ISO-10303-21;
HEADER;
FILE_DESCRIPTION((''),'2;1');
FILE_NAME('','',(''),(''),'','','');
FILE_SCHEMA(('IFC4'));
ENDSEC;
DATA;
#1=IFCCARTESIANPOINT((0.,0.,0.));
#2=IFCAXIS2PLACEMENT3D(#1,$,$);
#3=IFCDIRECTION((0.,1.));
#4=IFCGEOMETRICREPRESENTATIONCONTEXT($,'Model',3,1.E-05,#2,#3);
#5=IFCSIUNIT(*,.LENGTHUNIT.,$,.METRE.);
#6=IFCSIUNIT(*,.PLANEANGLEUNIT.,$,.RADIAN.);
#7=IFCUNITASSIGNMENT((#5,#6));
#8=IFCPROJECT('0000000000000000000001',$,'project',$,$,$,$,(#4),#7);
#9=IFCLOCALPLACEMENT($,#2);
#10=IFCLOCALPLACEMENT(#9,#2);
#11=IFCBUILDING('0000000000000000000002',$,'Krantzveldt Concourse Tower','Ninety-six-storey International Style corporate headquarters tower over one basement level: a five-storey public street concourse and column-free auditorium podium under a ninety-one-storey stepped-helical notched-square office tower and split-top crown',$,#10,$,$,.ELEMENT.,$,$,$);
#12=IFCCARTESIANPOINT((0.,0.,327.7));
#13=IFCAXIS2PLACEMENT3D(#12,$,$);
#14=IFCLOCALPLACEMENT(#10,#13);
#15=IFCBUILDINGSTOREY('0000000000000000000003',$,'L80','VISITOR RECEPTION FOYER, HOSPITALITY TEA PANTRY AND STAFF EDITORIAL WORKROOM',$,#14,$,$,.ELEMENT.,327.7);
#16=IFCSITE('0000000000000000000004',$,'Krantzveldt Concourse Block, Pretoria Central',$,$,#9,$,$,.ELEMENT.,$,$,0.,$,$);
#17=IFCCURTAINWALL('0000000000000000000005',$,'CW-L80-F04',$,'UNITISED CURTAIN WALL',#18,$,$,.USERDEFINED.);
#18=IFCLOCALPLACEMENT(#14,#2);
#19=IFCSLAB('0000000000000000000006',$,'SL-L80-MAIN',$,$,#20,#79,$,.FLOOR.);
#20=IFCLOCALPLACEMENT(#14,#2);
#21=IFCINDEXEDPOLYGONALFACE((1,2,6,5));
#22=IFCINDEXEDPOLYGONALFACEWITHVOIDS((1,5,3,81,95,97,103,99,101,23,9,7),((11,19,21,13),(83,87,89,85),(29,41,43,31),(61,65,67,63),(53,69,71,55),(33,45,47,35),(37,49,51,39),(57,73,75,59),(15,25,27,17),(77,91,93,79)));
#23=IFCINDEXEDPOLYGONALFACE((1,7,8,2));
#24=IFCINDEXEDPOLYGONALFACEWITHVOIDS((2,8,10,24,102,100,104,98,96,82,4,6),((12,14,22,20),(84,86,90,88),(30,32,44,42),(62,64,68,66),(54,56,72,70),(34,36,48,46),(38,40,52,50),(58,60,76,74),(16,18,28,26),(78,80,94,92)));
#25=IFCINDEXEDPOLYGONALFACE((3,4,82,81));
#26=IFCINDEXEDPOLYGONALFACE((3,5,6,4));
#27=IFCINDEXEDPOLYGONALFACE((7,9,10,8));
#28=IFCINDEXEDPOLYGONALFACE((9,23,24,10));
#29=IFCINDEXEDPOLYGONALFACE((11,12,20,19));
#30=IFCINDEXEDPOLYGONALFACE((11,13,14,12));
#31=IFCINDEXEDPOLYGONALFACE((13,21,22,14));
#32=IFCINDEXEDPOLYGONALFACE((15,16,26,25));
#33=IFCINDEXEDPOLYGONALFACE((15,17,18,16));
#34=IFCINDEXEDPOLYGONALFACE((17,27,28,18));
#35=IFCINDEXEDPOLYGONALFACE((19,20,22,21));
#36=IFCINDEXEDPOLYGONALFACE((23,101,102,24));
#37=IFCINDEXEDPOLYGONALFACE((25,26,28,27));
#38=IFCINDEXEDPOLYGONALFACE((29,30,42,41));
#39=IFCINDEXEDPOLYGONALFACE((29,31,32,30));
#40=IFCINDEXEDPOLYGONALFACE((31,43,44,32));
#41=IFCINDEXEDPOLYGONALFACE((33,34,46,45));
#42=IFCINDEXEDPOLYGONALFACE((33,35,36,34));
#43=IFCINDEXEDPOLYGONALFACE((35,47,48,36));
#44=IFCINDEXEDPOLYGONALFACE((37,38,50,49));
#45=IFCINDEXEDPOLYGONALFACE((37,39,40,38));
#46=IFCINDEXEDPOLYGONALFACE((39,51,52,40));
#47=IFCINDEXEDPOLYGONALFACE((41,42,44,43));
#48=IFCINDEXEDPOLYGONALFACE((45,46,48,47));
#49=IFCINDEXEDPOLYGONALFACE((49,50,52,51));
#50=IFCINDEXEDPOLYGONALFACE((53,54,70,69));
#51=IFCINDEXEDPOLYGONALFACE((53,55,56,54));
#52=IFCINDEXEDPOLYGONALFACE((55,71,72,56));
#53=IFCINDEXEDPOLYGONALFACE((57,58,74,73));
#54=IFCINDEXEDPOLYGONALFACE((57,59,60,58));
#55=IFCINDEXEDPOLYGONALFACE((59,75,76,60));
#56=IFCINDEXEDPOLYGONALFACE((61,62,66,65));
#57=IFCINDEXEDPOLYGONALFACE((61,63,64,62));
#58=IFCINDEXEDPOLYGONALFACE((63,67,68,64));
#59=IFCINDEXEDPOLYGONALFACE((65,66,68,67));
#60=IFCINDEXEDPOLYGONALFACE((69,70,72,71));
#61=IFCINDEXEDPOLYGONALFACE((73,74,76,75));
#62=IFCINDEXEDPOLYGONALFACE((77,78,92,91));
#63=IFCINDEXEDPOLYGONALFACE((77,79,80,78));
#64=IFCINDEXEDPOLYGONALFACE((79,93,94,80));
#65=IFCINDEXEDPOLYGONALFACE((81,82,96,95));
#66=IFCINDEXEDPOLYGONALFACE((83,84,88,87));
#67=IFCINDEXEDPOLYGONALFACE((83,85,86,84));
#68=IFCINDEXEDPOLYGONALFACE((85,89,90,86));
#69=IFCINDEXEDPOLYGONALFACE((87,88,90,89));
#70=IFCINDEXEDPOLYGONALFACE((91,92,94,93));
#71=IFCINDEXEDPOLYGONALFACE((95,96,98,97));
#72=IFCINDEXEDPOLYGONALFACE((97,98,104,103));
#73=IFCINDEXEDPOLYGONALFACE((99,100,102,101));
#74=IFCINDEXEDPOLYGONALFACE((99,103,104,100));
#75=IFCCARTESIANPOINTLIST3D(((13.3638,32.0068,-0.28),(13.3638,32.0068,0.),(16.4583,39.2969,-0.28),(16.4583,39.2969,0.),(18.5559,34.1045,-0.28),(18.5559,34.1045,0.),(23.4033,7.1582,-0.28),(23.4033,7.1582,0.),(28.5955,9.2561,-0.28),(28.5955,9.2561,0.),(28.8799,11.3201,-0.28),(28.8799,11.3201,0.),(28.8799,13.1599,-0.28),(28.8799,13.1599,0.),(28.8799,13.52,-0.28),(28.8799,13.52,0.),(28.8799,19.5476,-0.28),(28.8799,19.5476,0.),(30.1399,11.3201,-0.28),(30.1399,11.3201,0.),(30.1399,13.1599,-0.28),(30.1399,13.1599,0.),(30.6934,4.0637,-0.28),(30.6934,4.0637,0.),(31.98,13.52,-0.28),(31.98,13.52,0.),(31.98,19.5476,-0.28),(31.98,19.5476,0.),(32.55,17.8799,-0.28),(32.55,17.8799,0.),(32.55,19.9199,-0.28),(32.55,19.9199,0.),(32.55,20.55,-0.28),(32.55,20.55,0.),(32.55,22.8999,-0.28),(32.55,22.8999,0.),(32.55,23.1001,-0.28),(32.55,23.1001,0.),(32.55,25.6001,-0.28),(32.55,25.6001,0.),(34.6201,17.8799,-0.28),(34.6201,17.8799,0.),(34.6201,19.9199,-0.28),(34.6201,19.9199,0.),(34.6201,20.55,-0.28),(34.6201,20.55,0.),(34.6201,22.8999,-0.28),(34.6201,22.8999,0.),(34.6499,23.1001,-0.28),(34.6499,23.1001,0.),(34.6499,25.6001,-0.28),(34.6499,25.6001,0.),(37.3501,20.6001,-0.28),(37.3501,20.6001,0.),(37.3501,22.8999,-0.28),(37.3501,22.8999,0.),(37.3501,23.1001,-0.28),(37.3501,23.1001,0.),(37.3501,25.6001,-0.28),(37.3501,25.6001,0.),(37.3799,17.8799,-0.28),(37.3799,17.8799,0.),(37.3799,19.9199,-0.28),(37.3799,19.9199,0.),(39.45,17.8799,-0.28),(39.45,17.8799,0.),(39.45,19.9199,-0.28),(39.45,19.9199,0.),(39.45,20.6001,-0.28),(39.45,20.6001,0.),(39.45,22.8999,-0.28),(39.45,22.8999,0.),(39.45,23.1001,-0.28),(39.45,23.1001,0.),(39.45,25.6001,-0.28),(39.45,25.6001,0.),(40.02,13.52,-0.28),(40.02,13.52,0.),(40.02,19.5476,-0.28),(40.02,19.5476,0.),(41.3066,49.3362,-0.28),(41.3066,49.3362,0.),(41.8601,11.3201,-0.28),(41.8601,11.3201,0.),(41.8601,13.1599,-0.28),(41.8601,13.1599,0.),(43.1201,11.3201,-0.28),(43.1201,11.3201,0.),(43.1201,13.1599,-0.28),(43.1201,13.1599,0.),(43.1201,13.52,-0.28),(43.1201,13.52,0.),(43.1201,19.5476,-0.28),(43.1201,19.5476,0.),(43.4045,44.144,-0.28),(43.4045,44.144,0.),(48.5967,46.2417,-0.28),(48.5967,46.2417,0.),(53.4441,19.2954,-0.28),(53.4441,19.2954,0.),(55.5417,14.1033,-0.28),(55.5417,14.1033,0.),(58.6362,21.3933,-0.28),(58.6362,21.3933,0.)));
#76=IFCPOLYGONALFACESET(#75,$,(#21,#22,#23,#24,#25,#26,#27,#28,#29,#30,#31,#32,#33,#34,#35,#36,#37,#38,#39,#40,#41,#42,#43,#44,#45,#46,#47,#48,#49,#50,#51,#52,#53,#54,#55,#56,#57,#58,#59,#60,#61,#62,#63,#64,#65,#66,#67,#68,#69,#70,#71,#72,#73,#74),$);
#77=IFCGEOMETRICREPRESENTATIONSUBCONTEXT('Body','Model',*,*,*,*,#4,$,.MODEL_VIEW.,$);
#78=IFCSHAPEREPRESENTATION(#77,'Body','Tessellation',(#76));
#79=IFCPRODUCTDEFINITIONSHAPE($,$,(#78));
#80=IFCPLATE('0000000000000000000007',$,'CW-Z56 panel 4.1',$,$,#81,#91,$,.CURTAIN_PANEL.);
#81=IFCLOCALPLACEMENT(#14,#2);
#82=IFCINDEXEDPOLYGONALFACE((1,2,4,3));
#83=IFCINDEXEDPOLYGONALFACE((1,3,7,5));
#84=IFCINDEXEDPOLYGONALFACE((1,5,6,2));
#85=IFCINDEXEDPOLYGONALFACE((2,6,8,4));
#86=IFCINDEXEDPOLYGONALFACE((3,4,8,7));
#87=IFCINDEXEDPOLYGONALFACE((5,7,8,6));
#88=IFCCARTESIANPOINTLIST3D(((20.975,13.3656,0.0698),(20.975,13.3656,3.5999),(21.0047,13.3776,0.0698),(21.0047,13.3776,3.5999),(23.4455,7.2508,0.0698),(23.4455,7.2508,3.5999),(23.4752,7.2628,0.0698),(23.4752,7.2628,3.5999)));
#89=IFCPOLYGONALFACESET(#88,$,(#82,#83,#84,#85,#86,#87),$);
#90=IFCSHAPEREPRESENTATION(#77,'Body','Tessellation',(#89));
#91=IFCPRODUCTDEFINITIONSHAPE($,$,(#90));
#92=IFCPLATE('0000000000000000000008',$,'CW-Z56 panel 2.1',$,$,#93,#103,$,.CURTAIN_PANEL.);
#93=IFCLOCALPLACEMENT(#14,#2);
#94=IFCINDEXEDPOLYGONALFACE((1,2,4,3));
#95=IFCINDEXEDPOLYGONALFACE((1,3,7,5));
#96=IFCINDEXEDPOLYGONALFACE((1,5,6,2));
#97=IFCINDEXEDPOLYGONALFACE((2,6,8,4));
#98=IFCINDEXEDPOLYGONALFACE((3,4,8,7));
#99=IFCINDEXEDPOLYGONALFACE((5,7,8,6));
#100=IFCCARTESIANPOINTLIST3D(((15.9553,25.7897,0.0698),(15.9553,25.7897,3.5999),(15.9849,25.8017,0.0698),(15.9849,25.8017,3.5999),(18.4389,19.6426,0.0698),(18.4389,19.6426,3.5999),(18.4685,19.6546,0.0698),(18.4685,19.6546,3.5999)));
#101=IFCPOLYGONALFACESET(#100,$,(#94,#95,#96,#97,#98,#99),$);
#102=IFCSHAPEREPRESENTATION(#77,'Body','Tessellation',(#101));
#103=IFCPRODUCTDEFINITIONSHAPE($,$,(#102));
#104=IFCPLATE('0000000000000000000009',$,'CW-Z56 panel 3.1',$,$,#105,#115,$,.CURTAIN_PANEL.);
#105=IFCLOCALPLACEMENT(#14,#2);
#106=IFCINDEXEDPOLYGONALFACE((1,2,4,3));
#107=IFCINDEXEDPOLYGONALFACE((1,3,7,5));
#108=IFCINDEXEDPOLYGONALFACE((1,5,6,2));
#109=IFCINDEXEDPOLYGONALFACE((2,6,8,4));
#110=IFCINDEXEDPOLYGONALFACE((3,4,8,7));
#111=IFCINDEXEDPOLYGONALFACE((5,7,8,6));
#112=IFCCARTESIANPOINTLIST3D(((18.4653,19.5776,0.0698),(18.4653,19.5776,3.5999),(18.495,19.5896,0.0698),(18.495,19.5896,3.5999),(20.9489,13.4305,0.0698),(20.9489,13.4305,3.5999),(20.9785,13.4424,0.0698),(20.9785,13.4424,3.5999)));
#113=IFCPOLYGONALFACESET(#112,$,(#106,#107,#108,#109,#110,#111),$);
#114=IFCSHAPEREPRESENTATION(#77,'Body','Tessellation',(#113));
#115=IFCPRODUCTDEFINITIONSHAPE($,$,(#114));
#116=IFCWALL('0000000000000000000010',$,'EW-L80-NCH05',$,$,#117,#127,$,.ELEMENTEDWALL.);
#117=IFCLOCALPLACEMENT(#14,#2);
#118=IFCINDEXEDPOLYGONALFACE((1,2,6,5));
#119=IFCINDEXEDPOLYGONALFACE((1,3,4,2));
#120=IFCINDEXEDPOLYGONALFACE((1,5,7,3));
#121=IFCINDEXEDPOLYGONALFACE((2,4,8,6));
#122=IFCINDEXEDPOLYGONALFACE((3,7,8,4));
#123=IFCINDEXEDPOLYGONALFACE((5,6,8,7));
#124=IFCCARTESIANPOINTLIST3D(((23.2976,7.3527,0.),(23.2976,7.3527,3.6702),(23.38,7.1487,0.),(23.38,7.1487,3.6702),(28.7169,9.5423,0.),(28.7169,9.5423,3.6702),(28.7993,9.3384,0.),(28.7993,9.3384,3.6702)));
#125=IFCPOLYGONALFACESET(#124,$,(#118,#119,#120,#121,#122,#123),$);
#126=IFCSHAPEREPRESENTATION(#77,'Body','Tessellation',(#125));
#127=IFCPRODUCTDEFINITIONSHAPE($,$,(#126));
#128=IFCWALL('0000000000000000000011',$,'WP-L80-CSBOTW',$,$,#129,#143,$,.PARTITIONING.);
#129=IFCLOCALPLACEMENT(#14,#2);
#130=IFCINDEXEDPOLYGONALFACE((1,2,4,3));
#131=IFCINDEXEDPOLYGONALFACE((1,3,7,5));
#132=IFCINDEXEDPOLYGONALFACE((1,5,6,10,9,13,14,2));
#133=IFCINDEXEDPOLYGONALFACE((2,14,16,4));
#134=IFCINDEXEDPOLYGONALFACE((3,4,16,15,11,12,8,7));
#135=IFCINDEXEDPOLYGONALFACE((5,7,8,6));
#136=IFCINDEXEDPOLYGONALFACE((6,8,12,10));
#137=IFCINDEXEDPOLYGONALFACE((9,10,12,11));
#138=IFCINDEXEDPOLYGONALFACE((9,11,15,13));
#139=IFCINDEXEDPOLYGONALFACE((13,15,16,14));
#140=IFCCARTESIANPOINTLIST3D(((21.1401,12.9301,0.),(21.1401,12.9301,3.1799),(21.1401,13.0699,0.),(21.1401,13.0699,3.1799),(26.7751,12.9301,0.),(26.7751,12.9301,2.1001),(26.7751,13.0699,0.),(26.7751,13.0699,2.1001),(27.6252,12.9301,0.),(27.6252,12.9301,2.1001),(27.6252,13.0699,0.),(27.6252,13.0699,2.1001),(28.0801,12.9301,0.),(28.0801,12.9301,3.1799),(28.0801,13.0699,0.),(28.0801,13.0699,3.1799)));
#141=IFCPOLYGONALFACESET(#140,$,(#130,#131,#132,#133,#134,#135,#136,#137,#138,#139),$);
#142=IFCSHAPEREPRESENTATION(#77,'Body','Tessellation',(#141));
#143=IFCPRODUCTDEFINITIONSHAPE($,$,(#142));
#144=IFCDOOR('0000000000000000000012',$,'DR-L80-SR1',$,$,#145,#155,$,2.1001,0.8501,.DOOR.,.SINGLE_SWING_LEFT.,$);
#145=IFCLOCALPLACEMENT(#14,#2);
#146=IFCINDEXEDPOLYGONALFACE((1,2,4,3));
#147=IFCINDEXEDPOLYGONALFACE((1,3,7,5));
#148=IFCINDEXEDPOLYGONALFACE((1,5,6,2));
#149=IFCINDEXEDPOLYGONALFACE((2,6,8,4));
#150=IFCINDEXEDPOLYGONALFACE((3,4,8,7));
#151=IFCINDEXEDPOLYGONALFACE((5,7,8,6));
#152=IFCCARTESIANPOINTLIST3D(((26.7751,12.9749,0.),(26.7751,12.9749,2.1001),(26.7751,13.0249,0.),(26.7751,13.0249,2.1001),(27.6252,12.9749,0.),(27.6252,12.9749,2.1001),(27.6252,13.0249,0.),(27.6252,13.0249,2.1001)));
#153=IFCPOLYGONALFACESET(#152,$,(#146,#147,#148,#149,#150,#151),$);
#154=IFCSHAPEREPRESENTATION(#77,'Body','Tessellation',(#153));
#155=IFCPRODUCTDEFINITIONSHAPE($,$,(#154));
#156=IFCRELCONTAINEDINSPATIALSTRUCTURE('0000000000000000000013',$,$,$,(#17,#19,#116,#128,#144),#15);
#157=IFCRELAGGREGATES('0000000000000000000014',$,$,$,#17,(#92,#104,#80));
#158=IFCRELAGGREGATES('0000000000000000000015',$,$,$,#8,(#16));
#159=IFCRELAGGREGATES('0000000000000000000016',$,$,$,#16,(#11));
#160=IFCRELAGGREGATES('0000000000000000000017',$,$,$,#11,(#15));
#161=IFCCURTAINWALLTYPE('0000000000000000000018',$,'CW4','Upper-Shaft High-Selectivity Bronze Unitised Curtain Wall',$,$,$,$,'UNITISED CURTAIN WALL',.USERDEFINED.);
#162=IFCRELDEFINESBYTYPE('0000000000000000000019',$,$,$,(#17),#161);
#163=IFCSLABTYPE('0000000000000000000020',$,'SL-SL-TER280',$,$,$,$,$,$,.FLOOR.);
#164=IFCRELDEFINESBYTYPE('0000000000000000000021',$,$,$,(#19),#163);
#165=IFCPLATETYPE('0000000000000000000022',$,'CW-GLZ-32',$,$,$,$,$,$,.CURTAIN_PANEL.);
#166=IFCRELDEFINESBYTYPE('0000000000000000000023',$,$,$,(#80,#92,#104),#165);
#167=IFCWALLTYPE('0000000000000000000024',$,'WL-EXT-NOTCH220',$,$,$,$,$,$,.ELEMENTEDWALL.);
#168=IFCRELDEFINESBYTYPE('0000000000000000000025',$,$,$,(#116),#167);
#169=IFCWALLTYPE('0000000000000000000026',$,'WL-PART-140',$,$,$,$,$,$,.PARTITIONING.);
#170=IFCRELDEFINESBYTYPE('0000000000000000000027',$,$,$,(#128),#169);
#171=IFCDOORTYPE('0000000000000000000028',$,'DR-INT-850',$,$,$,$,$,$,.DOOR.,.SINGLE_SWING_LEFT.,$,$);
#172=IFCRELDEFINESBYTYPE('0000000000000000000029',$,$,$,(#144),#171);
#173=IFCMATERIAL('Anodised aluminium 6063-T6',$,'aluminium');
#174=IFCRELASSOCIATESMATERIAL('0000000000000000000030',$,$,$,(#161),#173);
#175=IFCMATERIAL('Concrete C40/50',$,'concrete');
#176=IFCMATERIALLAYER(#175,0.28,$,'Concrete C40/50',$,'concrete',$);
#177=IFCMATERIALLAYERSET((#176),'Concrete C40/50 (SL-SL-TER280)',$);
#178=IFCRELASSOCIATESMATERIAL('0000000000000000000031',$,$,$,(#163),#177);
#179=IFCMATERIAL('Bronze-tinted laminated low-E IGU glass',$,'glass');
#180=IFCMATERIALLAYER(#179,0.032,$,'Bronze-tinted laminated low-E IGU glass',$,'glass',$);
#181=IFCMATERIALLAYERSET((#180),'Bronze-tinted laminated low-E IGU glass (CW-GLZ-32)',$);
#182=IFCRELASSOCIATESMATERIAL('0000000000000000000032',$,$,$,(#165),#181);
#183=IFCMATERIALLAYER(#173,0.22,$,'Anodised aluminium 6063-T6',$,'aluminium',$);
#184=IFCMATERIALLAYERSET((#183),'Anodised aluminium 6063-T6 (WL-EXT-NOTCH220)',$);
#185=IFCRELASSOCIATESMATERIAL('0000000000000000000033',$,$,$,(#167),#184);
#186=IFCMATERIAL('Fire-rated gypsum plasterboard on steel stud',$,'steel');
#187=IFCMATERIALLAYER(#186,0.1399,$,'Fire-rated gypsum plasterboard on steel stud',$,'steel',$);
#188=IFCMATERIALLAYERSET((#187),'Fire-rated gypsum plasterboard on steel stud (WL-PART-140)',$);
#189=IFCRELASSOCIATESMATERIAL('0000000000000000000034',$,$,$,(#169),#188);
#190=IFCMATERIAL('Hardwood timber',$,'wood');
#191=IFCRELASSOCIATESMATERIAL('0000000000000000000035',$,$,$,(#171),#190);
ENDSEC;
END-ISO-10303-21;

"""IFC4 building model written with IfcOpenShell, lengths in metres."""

from ifc_helpers import new_model, si_unit, direction, frame, frame_2d, origin, origin_2d, place, context, subcontext, project, spatial, polyline, rectangle, outline, extrude, source, transform, mapped, material, layer, layer_set, type_object, type_shapes, element, fill, aggregate, save


model = new_model("IFC4")

# Units and contexts
model_context = context("Model", 3, precision=1e-05, world=origin(), true_north=direction((0.0, 1.0)))
body_context = subcontext(model_context, "Body", "Model", "MODEL_VIEW")
ifc_project = project(units=[si_unit("LENGTHUNIT", "METRE"), si_unit("PLANEANGLEUNIT", "RADIAN")], contexts=[model_context])

# Site, building, storey
site_placement = place(None, origin())
site = spatial("IfcSite", under=ifc_project, at=site_placement, Name="Krantzveldt Concourse Block, Pretoria Central", CompositionType="ELEMENT", RefElevation=0.0)
building_placement = place(site_placement, origin())
building = spatial("IfcBuilding", under=site, at=building_placement, Name="Krantzveldt Concourse Tower", Description="Ninety-six-storey International Style corporate headquarters tower over one basement level: a five-storey public street concourse and column-free auditorium podium under a ninety-one-storey stepped-helical notched-square office tower and split-top crown", CompositionType="ELEMENT")
storey_placement = place(building_placement, frame((0.0, 0.0, 327.7)))
storey = spatial("IfcBuildingStorey", under=building, at=storey_placement, Name="L80", Description="VISITOR RECEPTION FOYER, HOSPITALITY TEA PANTRY AND STAFF EDITORIAL WORKROOM", CompositionType="ELEMENT", Elevation=327.7)

# Curtain wall
ifc_material_1 = material(Name="Anodised aluminium 6063-T6", Category="aluminium")
curtain_wall_type = type_object("IfcCurtainWallType", Name="CW4", Description="Upper-Shaft High-Selectivity Bronze Unitised Curtain Wall", ElementType="UNITISED CURTAIN WALL", PredefinedType="USERDEFINED", material=ifc_material_1)
curtain_wall_placement = place(storey_placement, origin())
curtain_wall = element("IfcCurtainWall", 1, at=curtain_wall_placement, inside=storey, type_object=curtain_wall_type, Name="CW-L80-F04", ObjectType="UNITISED CURTAIN WALL", PredefinedType="USERDEFINED")

# Slab
ifc_material_2 = material(Name="Concrete C40/50", Category="concrete")
ifc_layer_1 = layer(ifc_material_2, 0.28, Name="Concrete C40/50", Category="concrete")
ifc_layer_set_1 = layer_set([ifc_layer_1], Name="Concrete C40/50 (SL-SL-TER280)")
slab_type_1 = type_object("IfcSlabType", Name="SL-SL-TER280", PredefinedType="FLOOR", material=ifc_layer_set_1)
slab_1_placement = place(storey_placement, frame((0.0, 0.0, -0.28)))
element("IfcSlab", 2, at=slab_1_placement, inside=storey, type_object=slab_type_1, Name="SL-L80-MAIN", PredefinedType="FLOOR", context=body_context, shape_type="SweptSolid", body=[
    extrude(outline(polyline([(43.4045, 44.144), (41.3066, 49.3362), (16.4583, 39.2969), (18.5559, 34.1045), (13.3638, 32.0068), (23.4033, 7.1582), (28.5955, 9.2561), (30.6934, 4.0637), (55.5417, 14.1033), (53.4441, 19.2954), (58.6362, 21.3933), (48.5967, 46.2417), (43.4045, 44.144)]), holes=[polyline([(28.8799, 19.5476), (28.8799, 13.52), (31.98, 13.52), (31.98, 19.5476), (28.8799, 19.5476)]), polyline([(40.02, 19.5476), (40.02, 13.52), (43.1201, 13.52), (43.1201, 19.5476), (40.02, 19.5476)]), polyline([(32.55, 23.1001), (34.6499, 23.1001), (34.6499, 25.6001), (32.55, 25.6001), (32.55, 23.1001)]), polyline([(37.3501, 23.1001), (39.45, 23.1001), (39.45, 25.6001), (37.3501, 25.6001), (37.3501, 23.1001)]), polyline([(37.3501, 20.6001), (39.45, 20.6001), (39.45, 22.8999), (37.3501, 22.8999), (37.3501, 20.6001)]), polyline([(32.55, 20.55), (34.6201, 20.55), (34.6201, 22.8999), (32.55, 22.8999), (32.55, 20.55)]), polyline([(32.55, 17.8799), (34.6201, 17.8799), (34.6201, 19.9199), (32.55, 19.9199), (32.55, 17.8799)]), polyline([(37.3799, 17.8799), (39.45, 17.8799), (39.45, 19.9199), (37.3799, 19.9199), (37.3799, 17.8799)]), polyline([(28.8799, 11.3201), (30.1399, 11.3201), (30.1399, 13.1599), (28.8799, 13.1599), (28.8799, 11.3201)]), polyline([(41.8601, 11.3201), (43.1201, 11.3201), (43.1201, 13.1599), (41.8601, 13.1599), (41.8601, 11.3201)])]), origin(), (0.0, 0.0, 1.0), 0.28),
])

# Plates
ifc_material_3 = material(Name="Bronze-tinted laminated low-E IGU glass", Category="glass")
ifc_layer_2 = layer(ifc_material_3, 0.032, Name="Bronze-tinted laminated low-E IGU glass", Category="glass")
ifc_layer_set_2 = layer_set([ifc_layer_2], Name="Bronze-tinted laminated low-E IGU glass (CW-GLZ-32)")
plate_type = type_object("IfcPlateType", Name="CW-GLZ-32", PredefinedType="CURTAIN_PANEL", material=ifc_layer_set_2)
shared_shape_1 = source(origin(), body_context, "Body", "SweptSolid", [
    extrude(rectangle(XDim=6.595, YDim=0.032, at=origin_2d()), origin(), (0.0, 0.0, 1.0), 3.53),
])
plate_1_placement = place(storey_placement, frame((22.2251, 10.3142, 0.0698), z_axis=(0.0, 0.0, 1.0), x_axis=(0.374607, -0.927184, 0.0)))
plate_1 = element("IfcPlate", 3, at=plate_1_placement, type_object=plate_type, Name="CW-Z56 panel 4.1", PredefinedType="CURTAIN_PANEL", context=body_context, shape_type="MappedRepresentation", body=[
    mapped(shared_shape_1, transform((0.0, 0.0, 0.0), x_axis=(1.0, 0.0, 0.0), y_axis=(0.0, 1.0, 0.0), z_axis=(0.0, 0.0, 1.0), scale=1.0)),
])
shared_shape_2 = source(origin(), body_context, "Body", "SweptSolid", [
    extrude(rectangle(XDim=6.6299, YDim=0.032, at=origin_2d()), origin(), (0.0, 0.0, 1.0), 3.53),
])
type_shapes(plate_type, [shared_shape_1, shared_shape_2])
plate_2_placement = place(storey_placement, frame((17.2119, 22.7222, 0.0698), z_axis=(0.0, 0.0, 1.0), x_axis=(0.374607, -0.927184, 0.0)))
plate_2 = element("IfcPlate", 4, at=plate_2_placement, type_object=plate_type, Name="CW-Z56 panel 2.1", PredefinedType="CURTAIN_PANEL", context=body_context, shape_type="MappedRepresentation", body=[
    mapped(shared_shape_2, transform((0.0, 0.0, 0.0), x_axis=(1.0, 0.0, 0.0), y_axis=(0.0, 1.0, 0.0), z_axis=(0.0, 0.0, 1.0), scale=1.0)),
])
plate_3_placement = place(storey_placement, frame((19.7219, 16.51, 0.0698), z_axis=(0.0, 0.0, 1.0), x_axis=(0.374607, -0.927184, 0.0)))
plate_3 = element("IfcPlate", 5, at=plate_3_placement, type_object=plate_type, Name="CW-Z56 panel 3.1", PredefinedType="CURTAIN_PANEL", context=body_context, shape_type="MappedRepresentation", body=[
    mapped(shared_shape_2, transform((0.0, 0.0, 0.0), x_axis=(1.0, 0.0, 0.0), y_axis=(0.0, 1.0, 0.0), z_axis=(0.0, 0.0, 1.0), scale=1.0)),
])
aggregate(curtain_wall, [plate_2, plate_3, plate_1])

# Wall
ifc_layer_3 = layer(ifc_material_1, 0.22, Name="Anodised aluminium 6063-T6", Category="aluminium")
ifc_layer_set_3 = layer_set([ifc_layer_3], Name="Anodised aluminium 6063-T6 (WL-EXT-NOTCH220)")
wall_type_1 = type_object("IfcWallType", Name="WL-EXT-NOTCH220", PredefinedType="ELEMENTEDWALL", material=ifc_layer_set_3)
wall_1_placement = place(storey_placement, frame((23.3389, 7.2507, 0.0), z_axis=(0.0, 0.0, 1.0), x_axis=(0.927178, 0.374622, 0.0)))
element("IfcWall", 6, at=wall_1_placement, inside=storey, type_object=wall_type_1, Name="EW-L80-NCH05", PredefinedType="ELEMENTEDWALL", context=body_context, shape_type="SweptSolid", body=[
    extrude(rectangle(XDim=5.845, YDim=0.22, at=frame_2d((2.9224, 0.0))), origin(), (0.0, 0.0, 1.0), 3.6702),
])

# Wall, opening, door
ifc_material_4 = material(Name="Fire-rated gypsum plasterboard on steel stud", Category="steel")
ifc_layer_4 = layer(ifc_material_4, 0.1399, Name="Fire-rated gypsum plasterboard on steel stud", Category="steel")
ifc_layer_set_4 = layer_set([ifc_layer_4], Name="Fire-rated gypsum plasterboard on steel stud (WL-PART-140)")
wall_type_2 = type_object("IfcWallType", Name="WL-PART-140", PredefinedType="PARTITIONING", material=ifc_layer_set_4)
wall_2_placement = place(storey_placement, frame((21.1401, 13.0, 0.0), z_axis=(0.0, 0.0, 1.0), x_axis=(1.0, 0.0, 0.0)))
wall_2 = element("IfcWall", 7, at=wall_2_placement, inside=storey, type_object=wall_type_2, Name="WP-L80-CSBOTW", PredefinedType="PARTITIONING", context=body_context, shape_type="SweptSolid", body=[
    extrude(rectangle(XDim=6.9399, YDim=0.1399, at=frame_2d((3.47, 0.0))), origin(), (0.0, 0.0, 1.0), 3.1799),
])
opening_placement = place(wall_2_placement, frame((5.635, 0.0, 0.0)))
opening = element("IfcOpeningElement", 8, at=opening_placement, cuts=wall_2, PredefinedType="OPENING", context=body_context, shape_type="SweptSolid", body=[
    extrude(rectangle(XDim=0.8501, YDim=2.1001, at=frame_2d((0.425, 1.05))), frame((0.0, 0.0801, 0.0), z_axis=(0.0, -1.0, 0.0), x_axis=(1.0, 0.0, 0.0)), (0.0, 0.0, 1.0), 0.1599),
])
ifc_material_5 = material(Name="Hardwood timber", Category="wood")
door_type = type_object("IfcDoorType", Name="DR-INT-850", OperationType="SINGLE_SWING_LEFT", PredefinedType="DOOR", material=ifc_material_5)
door_placement = place(opening_placement, origin())
door = element("IfcDoor", 9, at=door_placement, inside=storey, type_object=door_type, Name="DR-L80-SR1", OperationType="SINGLE_SWING_LEFT", OverallHeight=2.1001, OverallWidth=0.8501, PredefinedType="DOOR", context=body_context, shape_type="SweptSolid", body=[
    extrude(rectangle(XDim=0.8501, YDim=2.1001, at=frame_2d((0.425, 1.05))), frame((0.0, 0.0249, 0.0), z_axis=(0.0, -1.0, 0.0), x_axis=(1.0, 0.0, 0.0)), (0.0, 0.0, 1.0), 0.05),
])
fill(opening, door)

save(model, "model.ifc")
